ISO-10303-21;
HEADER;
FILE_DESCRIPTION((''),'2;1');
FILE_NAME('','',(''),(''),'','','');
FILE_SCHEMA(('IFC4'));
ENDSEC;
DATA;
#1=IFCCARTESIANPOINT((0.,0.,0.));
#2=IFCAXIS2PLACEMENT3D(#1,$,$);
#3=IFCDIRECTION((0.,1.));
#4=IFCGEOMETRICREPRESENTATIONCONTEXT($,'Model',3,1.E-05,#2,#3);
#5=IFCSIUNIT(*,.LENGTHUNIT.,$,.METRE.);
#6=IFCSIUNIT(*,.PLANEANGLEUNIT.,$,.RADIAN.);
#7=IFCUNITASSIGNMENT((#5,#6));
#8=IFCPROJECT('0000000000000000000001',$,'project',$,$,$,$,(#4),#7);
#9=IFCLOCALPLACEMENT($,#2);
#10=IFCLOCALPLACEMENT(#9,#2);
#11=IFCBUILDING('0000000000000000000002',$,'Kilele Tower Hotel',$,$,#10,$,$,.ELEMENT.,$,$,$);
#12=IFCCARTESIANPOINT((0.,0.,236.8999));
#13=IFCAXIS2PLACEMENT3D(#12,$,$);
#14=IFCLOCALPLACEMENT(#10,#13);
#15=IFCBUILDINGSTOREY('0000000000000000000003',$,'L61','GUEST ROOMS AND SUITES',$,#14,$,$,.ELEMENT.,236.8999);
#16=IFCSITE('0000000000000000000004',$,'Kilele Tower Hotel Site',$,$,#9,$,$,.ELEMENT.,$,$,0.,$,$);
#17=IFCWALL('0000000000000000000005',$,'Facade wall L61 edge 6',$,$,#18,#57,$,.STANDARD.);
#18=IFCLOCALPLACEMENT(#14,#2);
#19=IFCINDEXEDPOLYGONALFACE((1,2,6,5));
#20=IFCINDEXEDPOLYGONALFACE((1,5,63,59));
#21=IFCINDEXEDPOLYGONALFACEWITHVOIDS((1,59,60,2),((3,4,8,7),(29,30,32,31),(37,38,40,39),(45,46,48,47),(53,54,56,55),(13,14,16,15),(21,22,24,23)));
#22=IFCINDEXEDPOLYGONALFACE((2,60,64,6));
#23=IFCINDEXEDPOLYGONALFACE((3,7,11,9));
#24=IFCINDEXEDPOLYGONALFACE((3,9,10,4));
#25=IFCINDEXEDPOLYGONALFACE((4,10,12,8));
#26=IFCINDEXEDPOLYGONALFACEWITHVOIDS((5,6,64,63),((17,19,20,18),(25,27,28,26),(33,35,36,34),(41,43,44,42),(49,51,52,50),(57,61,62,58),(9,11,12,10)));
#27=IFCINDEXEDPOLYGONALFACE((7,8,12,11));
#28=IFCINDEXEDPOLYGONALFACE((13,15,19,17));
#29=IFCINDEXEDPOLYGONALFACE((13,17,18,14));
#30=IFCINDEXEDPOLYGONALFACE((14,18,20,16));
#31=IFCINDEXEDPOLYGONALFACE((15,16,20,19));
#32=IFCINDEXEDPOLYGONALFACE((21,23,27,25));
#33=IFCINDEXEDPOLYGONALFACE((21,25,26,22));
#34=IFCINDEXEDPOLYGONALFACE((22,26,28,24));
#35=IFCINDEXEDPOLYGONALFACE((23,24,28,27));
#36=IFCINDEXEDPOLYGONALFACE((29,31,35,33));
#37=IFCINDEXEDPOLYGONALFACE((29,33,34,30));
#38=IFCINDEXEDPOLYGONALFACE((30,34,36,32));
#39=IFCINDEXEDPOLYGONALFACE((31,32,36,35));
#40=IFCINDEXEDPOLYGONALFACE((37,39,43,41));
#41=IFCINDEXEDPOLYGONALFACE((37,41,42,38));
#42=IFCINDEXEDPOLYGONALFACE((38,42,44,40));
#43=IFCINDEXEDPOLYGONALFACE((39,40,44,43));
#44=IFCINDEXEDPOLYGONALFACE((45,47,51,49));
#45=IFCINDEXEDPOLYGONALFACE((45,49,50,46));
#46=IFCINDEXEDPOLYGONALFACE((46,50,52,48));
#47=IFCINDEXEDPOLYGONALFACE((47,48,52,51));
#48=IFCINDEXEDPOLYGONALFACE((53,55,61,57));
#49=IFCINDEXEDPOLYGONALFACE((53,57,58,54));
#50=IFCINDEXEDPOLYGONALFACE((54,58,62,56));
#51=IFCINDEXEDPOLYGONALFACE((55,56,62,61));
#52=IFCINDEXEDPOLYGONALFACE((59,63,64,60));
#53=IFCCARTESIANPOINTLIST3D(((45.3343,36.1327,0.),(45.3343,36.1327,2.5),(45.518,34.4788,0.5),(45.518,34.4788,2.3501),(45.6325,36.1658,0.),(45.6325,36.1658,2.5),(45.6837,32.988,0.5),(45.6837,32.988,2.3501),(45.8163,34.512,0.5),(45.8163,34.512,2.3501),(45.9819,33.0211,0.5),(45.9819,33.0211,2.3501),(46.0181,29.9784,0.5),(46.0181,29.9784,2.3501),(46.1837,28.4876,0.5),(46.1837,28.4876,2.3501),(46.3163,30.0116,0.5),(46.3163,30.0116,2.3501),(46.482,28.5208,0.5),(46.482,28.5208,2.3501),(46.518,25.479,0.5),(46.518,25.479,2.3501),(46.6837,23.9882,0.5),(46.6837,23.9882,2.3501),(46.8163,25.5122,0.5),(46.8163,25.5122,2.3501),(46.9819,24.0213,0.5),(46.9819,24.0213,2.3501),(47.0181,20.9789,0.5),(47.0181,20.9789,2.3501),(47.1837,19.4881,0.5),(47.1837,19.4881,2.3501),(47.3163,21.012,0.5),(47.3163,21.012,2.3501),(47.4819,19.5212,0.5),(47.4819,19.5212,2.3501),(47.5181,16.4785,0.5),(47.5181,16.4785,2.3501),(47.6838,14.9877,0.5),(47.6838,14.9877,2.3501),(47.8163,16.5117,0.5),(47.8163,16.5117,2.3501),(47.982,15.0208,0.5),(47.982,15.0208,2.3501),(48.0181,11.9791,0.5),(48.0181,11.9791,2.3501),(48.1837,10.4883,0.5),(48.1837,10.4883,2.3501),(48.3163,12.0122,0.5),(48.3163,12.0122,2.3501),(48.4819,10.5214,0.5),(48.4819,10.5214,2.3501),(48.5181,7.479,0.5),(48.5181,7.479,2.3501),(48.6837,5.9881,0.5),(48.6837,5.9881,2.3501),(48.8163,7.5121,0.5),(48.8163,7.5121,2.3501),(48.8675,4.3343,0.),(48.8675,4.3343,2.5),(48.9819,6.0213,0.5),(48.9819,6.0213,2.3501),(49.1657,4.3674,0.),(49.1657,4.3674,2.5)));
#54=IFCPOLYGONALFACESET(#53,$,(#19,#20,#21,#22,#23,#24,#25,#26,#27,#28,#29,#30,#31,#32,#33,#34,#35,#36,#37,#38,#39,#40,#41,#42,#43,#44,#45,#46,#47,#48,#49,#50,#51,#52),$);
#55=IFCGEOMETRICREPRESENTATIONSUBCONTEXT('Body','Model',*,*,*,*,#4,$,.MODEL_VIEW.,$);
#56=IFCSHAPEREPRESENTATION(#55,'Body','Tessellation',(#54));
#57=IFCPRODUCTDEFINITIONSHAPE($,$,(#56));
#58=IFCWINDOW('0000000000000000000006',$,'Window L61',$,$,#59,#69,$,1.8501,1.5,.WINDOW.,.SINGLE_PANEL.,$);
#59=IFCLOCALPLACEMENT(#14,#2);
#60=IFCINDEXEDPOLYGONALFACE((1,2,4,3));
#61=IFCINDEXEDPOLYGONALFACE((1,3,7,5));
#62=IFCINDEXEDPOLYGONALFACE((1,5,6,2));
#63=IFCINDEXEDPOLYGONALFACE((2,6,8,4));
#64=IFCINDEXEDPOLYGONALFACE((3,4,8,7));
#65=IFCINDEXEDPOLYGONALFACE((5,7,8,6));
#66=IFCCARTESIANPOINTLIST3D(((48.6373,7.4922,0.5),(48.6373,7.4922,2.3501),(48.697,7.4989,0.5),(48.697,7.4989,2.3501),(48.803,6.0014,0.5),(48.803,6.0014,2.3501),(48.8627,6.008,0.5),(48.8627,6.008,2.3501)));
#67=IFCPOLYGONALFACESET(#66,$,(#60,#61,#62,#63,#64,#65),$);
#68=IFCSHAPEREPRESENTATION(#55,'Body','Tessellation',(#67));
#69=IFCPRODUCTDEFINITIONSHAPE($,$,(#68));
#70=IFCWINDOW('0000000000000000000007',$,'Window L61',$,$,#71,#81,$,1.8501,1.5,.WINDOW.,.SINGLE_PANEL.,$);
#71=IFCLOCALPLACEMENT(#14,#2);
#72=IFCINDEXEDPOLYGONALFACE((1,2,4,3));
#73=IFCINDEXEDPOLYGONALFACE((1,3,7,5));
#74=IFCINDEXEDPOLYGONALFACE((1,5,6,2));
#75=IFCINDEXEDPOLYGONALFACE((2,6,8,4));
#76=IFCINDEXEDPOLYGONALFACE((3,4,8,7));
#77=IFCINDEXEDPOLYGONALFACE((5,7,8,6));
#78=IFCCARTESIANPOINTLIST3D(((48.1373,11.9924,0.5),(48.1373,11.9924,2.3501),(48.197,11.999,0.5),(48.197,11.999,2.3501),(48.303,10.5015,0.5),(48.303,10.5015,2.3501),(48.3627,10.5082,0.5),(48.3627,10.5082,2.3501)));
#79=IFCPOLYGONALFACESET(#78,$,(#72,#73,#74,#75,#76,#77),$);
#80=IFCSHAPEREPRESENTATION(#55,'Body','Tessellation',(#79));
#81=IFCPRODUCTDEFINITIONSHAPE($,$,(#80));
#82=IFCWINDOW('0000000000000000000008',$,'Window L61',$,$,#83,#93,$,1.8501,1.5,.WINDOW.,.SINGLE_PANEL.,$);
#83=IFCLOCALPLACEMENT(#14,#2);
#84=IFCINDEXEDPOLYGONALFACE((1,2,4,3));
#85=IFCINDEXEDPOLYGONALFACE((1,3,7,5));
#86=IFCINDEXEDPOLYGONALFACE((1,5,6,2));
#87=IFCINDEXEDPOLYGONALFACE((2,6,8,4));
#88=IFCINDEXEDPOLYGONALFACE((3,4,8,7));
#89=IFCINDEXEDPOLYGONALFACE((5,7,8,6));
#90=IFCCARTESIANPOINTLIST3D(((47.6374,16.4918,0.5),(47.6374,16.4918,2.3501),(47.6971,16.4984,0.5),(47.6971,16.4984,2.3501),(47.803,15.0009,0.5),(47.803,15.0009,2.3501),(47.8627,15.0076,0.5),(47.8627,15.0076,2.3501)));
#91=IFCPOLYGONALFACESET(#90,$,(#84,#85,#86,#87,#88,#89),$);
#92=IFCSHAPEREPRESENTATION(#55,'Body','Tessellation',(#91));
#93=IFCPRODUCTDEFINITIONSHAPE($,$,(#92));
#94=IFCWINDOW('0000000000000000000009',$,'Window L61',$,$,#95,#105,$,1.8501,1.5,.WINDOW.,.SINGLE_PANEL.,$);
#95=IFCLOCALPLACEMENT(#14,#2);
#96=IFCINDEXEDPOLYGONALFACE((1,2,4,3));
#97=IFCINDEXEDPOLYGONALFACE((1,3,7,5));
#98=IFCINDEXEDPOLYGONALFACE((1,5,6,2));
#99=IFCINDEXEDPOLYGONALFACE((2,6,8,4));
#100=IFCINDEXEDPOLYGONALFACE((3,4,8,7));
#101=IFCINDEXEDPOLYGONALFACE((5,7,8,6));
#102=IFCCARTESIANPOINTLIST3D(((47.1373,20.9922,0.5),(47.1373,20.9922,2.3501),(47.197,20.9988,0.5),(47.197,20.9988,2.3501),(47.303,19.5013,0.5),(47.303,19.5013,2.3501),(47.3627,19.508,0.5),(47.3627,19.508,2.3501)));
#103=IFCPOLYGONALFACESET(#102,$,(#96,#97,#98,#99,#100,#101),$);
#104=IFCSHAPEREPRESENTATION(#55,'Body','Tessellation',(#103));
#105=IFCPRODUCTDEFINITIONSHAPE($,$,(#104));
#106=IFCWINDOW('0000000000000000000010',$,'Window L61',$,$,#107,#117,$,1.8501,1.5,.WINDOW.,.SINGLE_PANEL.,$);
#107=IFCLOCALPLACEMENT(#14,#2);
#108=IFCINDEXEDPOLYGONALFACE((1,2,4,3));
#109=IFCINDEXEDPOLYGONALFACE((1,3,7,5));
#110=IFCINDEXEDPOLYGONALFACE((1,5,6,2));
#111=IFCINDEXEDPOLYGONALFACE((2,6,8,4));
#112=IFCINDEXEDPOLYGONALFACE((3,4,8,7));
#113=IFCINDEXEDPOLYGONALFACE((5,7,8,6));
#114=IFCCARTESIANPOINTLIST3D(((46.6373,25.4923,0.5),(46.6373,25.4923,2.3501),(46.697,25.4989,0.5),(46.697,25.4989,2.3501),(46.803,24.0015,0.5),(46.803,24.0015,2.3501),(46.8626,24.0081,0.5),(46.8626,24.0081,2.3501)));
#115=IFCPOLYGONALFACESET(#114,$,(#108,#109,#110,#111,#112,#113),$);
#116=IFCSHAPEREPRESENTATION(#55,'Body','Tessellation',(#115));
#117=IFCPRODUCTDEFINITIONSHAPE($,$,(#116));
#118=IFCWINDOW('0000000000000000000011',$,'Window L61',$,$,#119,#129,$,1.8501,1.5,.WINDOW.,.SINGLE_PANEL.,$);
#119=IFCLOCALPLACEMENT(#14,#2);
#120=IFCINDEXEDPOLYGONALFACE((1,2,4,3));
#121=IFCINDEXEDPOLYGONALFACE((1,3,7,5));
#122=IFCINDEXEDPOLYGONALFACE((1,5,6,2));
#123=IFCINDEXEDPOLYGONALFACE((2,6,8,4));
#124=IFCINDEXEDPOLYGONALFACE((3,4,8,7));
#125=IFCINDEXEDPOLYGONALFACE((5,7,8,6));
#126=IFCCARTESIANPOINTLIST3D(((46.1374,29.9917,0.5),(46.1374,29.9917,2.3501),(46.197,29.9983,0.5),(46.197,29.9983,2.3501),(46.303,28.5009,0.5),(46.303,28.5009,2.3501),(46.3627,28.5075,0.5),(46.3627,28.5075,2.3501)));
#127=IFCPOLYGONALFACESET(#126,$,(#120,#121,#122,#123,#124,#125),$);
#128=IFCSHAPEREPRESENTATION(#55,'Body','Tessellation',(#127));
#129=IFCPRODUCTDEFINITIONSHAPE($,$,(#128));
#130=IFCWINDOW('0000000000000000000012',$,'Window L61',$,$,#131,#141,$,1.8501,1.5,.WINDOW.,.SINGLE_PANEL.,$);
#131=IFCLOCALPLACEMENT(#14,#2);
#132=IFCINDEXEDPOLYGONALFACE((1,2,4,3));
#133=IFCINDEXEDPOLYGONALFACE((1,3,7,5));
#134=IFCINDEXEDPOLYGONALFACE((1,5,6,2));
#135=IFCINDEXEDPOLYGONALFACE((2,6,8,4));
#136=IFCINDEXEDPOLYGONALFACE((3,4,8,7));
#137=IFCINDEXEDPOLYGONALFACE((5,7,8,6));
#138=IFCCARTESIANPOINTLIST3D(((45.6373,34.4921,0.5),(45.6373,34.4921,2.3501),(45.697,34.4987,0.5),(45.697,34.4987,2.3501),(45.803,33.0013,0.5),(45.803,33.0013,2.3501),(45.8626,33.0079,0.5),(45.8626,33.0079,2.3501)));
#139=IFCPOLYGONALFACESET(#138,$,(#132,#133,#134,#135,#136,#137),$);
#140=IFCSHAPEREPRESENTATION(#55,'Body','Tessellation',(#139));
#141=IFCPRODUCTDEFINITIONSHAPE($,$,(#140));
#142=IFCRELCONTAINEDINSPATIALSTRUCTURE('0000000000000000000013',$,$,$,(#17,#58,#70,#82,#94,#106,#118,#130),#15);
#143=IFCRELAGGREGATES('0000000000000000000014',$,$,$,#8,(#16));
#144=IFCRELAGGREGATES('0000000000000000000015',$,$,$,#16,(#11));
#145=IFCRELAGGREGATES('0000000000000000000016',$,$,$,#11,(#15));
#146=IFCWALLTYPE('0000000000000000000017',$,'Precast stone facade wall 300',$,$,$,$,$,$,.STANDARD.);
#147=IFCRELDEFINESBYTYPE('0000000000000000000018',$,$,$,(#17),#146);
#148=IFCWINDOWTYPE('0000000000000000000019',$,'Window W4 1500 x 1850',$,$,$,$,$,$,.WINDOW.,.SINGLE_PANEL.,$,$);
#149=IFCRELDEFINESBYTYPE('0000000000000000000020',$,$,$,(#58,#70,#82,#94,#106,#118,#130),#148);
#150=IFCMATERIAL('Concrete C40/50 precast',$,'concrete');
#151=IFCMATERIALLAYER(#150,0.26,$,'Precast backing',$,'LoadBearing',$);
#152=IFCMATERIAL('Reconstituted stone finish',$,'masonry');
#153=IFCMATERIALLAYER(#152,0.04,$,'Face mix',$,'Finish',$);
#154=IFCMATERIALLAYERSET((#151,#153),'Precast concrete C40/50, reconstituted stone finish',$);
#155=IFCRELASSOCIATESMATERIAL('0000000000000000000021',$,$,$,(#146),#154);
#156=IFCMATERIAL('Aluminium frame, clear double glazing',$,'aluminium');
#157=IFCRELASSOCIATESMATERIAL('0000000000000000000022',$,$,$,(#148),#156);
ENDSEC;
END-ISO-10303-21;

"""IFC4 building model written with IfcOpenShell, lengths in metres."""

from ifc_helpers import new_model, si_unit, direction, frame, frame_2d, origin, place, context, subcontext, project, spatial, rectangle, extrude, material, layer, layer_set, type_object, element, fill, save


model = new_model("IFC4")

# Units and contexts
model_context = context("Model", 3, precision=1e-05, world=origin(), true_north=direction((0.0, 1.0)))
body_context = subcontext(model_context, "Body", "Model", "MODEL_VIEW")
ifc_project = project(units=[si_unit("LENGTHUNIT", "METRE"), si_unit("PLANEANGLEUNIT", "RADIAN")], contexts=[model_context])

# Site, building, storey
site_placement = place(None, origin())
site = spatial("IfcSite", under=ifc_project, at=site_placement, Name="Kilele Tower Hotel Site", CompositionType="ELEMENT", RefElevation=0.0)
building_placement = place(site_placement, origin())
building = spatial("IfcBuilding", under=site, at=building_placement, Name="Kilele Tower Hotel", CompositionType="ELEMENT")
storey_placement = place(building_placement, frame((0.0, 0.0, 236.8999)))
storey = spatial("IfcBuildingStorey", under=building, at=storey_placement, Name="L61", Description="GUEST ROOMS AND SUITES", CompositionType="ELEMENT", Elevation=236.8999)

# Shared definitions
ifc_material_1 = material(Name="Concrete C40/50 precast", Category="concrete")
ifc_layer_1 = layer(ifc_material_1, 0.26, Name="Precast backing", Category="LoadBearing")
ifc_material_2 = material(Name="Reconstituted stone finish", Category="masonry")
ifc_layer_2 = layer(ifc_material_2, 0.04, Name="Face mix", Category="Finish")
ifc_layer_set_1 = layer_set([ifc_layer_1, ifc_layer_2], Name="Precast concrete C40/50, reconstituted stone finish")
wall_type_1 = type_object("IfcWallType", Name="Precast stone facade wall 300", PredefinedType="STANDARD", material=ifc_layer_set_1)
ifc_material_3 = material(Name="Aluminium frame, clear double glazing", Category="aluminium")
window_type_1 = type_object("IfcWindowType", Name="Window W4 1500 x 1850", PartitioningType="SINGLE_PANEL", PredefinedType="WINDOW", material=ifc_material_3)

# Wall, openings, windows
wall_1_placement = place(storey_placement, frame((49.0166, 4.3508, 0.0), z_axis=(0.0, 0.0, 1.0), x_axis=(-0.110433, 0.993884, 0.0)))
wall_1 = element("IfcWall", 1, at=wall_1_placement, inside=storey, type_object=wall_type_1, Name="Facade wall L61 edge 6", PredefinedType="STANDARD", context=body_context, shape_type="SweptSolid", body=[
    extrude(rectangle(XDim=31.9941, YDim=0.3, at=frame_2d((15.9971, 0.0))), origin(), (0.0, 0.0, 1.0), 2.5),
])
opening_1_placement = place(wall_1_placement, frame((1.6641, 0.0, 0.5)))
opening_1 = element("IfcOpeningElement", 2, at=opening_1_placement, cuts=wall_1, PredefinedType="OPENING", context=body_context, shape_type="SweptSolid", body=[
    extrude(rectangle(XDim=1.5, YDim=1.8501, at=frame_2d((0.75, 0.925))), frame((0.0, 0.1599, 0.0), z_axis=(0.0, -1.0, 0.0), x_axis=(1.0, 0.0, 0.0)), (0.0, 0.0, 1.0), 0.3201),
])
opening_2_placement = place(wall_1_placement, frame((6.1919, 0.0, 0.5)))
opening_2 = element("IfcOpeningElement", 3, at=opening_2_placement, cuts=wall_1, PredefinedType="OPENING", context=body_context, shape_type="SweptSolid", body=[
    extrude(rectangle(XDim=1.5, YDim=1.8501, at=frame_2d((0.75, 0.925))), frame((0.0, 0.1599, 0.0), z_axis=(0.0, -1.0, 0.0), x_axis=(1.0, 0.0, 0.0)), (0.0, 0.0, 1.0), 0.3201),
])
opening_3_placement = place(wall_1_placement, frame((10.719, 0.0, 0.5)))
opening_3 = element("IfcOpeningElement", 4, at=opening_3_placement, cuts=wall_1, PredefinedType="OPENING", context=body_context, shape_type="SweptSolid", body=[
    extrude(rectangle(XDim=1.5, YDim=1.8501, at=frame_2d((0.75, 0.925))), frame((0.0, 0.1599, 0.0), z_axis=(0.0, -1.0, 0.0), x_axis=(1.0, 0.0, 0.0)), (0.0, 0.0, 1.0), 0.3201),
])
opening_4_placement = place(wall_1_placement, frame((15.2471, 0.0, 0.5)))
opening_4 = element("IfcOpeningElement", 5, at=opening_4_placement, cuts=wall_1, PredefinedType="OPENING", context=body_context, shape_type="SweptSolid", body=[
    extrude(rectangle(XDim=1.5, YDim=1.8501, at=frame_2d((0.75, 0.925))), frame((0.0, 0.1599, 0.0), z_axis=(0.0, -1.0, 0.0), x_axis=(1.0, 0.0, 0.0)), (0.0, 0.0, 1.0), 0.3201),
])
opening_5_placement = place(wall_1_placement, frame((19.7749, 0.0, 0.5)))
opening_5 = element("IfcOpeningElement", 6, at=opening_5_placement, cuts=wall_1, PredefinedType="OPENING", context=body_context, shape_type="SweptSolid", body=[
    extrude(rectangle(XDim=1.5, YDim=1.8501, at=frame_2d((0.75, 0.925))), frame((0.0, 0.1599, 0.0), z_axis=(0.0, -1.0, 0.0), x_axis=(1.0, 0.0, 0.0)), (0.0, 0.0, 1.0), 0.3201),
])
opening_6_placement = place(wall_1_placement, frame((24.302, 0.0, 0.5)))
opening_6 = element("IfcOpeningElement", 7, at=opening_6_placement, cuts=wall_1, PredefinedType="OPENING", context=body_context, shape_type="SweptSolid", body=[
    extrude(rectangle(XDim=1.5, YDim=1.8501, at=frame_2d((0.75, 0.925))), frame((0.0, 0.1599, 0.0), z_axis=(0.0, -1.0, 0.0), x_axis=(1.0, 0.0, 0.0)), (0.0, 0.0, 1.0), 0.3201),
])
opening_7_placement = place(wall_1_placement, frame((28.8301, 0.0, 0.5)))
opening_7 = element("IfcOpeningElement", 8, at=opening_7_placement, cuts=wall_1, PredefinedType="OPENING", context=body_context, shape_type="SweptSolid", body=[
    extrude(rectangle(XDim=1.5, YDim=1.8501, at=frame_2d((0.75, 0.925))), frame((0.0, 0.1599, 0.0), z_axis=(0.0, -1.0, 0.0), x_axis=(1.0, 0.0, 0.0)), (0.0, 0.0, 1.0), 0.3201),
])
window_1_placement = place(opening_1_placement, origin())
window_1 = element("IfcWindow", 9, at=window_1_placement, inside=storey, type_object=window_type_1, Name="Window L61", OverallHeight=1.8501, OverallWidth=1.5, PartitioningType="SINGLE_PANEL", PredefinedType="WINDOW", context=body_context, shape_type="SweptSolid", body=[
    extrude(rectangle(XDim=1.5, YDim=1.8501, at=frame_2d((0.75, 0.925))), frame((0.0, 0.03, 0.0), z_axis=(0.0, -1.0, 0.0), x_axis=(1.0, 0.0, 0.0)), (0.0, 0.0, 1.0), 0.0601),
])
fill(opening_1, window_1)
window_2_placement = place(opening_2_placement, origin())
window_2 = element("IfcWindow", 10, at=window_2_placement, inside=storey, type_object=window_type_1, Name="Window L61", OverallHeight=1.8501, OverallWidth=1.5, PartitioningType="SINGLE_PANEL", PredefinedType="WINDOW", context=body_context, shape_type="SweptSolid", body=[
    extrude(rectangle(XDim=1.5, YDim=1.8501, at=frame_2d((0.75, 0.925))), frame((0.0, 0.03, 0.0), z_axis=(0.0, -1.0, 0.0), x_axis=(1.0, 0.0, 0.0)), (0.0, 0.0, 1.0), 0.0601),
])
fill(opening_2, window_2)
window_3_placement = place(opening_3_placement, origin())
window_3 = element("IfcWindow", 11, at=window_3_placement, inside=storey, type_object=window_type_1, Name="Window L61", OverallHeight=1.8501, OverallWidth=1.5, PartitioningType="SINGLE_PANEL", PredefinedType="WINDOW", context=body_context, shape_type="SweptSolid", body=[
    extrude(rectangle(XDim=1.5, YDim=1.8501, at=frame_2d((0.75, 0.925))), frame((0.0, 0.03, 0.0), z_axis=(0.0, -1.0, 0.0), x_axis=(1.0, 0.0, 0.0)), (0.0, 0.0, 1.0), 0.0601),
])
fill(opening_3, window_3)
window_4_placement = place(opening_4_placement, origin())
window_4 = element("IfcWindow", 12, at=window_4_placement, inside=storey, type_object=window_type_1, Name="Window L61", OverallHeight=1.8501, OverallWidth=1.5, PartitioningType="SINGLE_PANEL", PredefinedType="WINDOW", context=body_context, shape_type="SweptSolid", body=[
    extrude(rectangle(XDim=1.5, YDim=1.8501, at=frame_2d((0.75, 0.925))), frame((0.0, 0.03, 0.0), z_axis=(0.0, -1.0, 0.0), x_axis=(1.0, 0.0, 0.0)), (0.0, 0.0, 1.0), 0.0601),
])
fill(opening_4, window_4)
window_5_placement = place(opening_5_placement, origin())
window_5 = element("IfcWindow", 13, at=window_5_placement, inside=storey, type_object=window_type_1, Name="Window L61", OverallHeight=1.8501, OverallWidth=1.5, PartitioningType="SINGLE_PANEL", PredefinedType="WINDOW", context=body_context, shape_type="SweptSolid", body=[
    extrude(rectangle(XDim=1.5, YDim=1.8501, at=frame_2d((0.75, 0.925))), frame((0.0, 0.03, 0.0), z_axis=(0.0, -1.0, 0.0), x_axis=(1.0, 0.0, 0.0)), (0.0, 0.0, 1.0), 0.0601),
])
fill(opening_5, window_5)
window_6_placement = place(opening_6_placement, origin())
window_6 = element("IfcWindow", 14, at=window_6_placement, inside=storey, type_object=window_type_1, Name="Window L61", OverallHeight=1.8501, OverallWidth=1.5, PartitioningType="SINGLE_PANEL", PredefinedType="WINDOW", context=body_context, shape_type="SweptSolid", body=[
    extrude(rectangle(XDim=1.5, YDim=1.8501, at=frame_2d((0.75, 0.925))), frame((0.0, 0.03, 0.0), z_axis=(0.0, -1.0, 0.0), x_axis=(1.0, 0.0, 0.0)), (0.0, 0.0, 1.0), 0.0601),
])
fill(opening_6, window_6)
window_7_placement = place(opening_7_placement, origin())
window_7 = element("IfcWindow", 15, at=window_7_placement, inside=storey, type_object=window_type_1, Name="Window L61", OverallHeight=1.8501, OverallWidth=1.5, PartitioningType="SINGLE_PANEL", PredefinedType="WINDOW", context=body_context, shape_type="SweptSolid", body=[
    extrude(rectangle(XDim=1.5, YDim=1.8501, at=frame_2d((0.75, 0.925))), frame((0.0, 0.03, 0.0), z_axis=(0.0, -1.0, 0.0), x_axis=(1.0, 0.0, 0.0)), (0.0, 0.0, 1.0), 0.0601),
])
fill(opening_7, window_7)

save(model, "model.ifc")
